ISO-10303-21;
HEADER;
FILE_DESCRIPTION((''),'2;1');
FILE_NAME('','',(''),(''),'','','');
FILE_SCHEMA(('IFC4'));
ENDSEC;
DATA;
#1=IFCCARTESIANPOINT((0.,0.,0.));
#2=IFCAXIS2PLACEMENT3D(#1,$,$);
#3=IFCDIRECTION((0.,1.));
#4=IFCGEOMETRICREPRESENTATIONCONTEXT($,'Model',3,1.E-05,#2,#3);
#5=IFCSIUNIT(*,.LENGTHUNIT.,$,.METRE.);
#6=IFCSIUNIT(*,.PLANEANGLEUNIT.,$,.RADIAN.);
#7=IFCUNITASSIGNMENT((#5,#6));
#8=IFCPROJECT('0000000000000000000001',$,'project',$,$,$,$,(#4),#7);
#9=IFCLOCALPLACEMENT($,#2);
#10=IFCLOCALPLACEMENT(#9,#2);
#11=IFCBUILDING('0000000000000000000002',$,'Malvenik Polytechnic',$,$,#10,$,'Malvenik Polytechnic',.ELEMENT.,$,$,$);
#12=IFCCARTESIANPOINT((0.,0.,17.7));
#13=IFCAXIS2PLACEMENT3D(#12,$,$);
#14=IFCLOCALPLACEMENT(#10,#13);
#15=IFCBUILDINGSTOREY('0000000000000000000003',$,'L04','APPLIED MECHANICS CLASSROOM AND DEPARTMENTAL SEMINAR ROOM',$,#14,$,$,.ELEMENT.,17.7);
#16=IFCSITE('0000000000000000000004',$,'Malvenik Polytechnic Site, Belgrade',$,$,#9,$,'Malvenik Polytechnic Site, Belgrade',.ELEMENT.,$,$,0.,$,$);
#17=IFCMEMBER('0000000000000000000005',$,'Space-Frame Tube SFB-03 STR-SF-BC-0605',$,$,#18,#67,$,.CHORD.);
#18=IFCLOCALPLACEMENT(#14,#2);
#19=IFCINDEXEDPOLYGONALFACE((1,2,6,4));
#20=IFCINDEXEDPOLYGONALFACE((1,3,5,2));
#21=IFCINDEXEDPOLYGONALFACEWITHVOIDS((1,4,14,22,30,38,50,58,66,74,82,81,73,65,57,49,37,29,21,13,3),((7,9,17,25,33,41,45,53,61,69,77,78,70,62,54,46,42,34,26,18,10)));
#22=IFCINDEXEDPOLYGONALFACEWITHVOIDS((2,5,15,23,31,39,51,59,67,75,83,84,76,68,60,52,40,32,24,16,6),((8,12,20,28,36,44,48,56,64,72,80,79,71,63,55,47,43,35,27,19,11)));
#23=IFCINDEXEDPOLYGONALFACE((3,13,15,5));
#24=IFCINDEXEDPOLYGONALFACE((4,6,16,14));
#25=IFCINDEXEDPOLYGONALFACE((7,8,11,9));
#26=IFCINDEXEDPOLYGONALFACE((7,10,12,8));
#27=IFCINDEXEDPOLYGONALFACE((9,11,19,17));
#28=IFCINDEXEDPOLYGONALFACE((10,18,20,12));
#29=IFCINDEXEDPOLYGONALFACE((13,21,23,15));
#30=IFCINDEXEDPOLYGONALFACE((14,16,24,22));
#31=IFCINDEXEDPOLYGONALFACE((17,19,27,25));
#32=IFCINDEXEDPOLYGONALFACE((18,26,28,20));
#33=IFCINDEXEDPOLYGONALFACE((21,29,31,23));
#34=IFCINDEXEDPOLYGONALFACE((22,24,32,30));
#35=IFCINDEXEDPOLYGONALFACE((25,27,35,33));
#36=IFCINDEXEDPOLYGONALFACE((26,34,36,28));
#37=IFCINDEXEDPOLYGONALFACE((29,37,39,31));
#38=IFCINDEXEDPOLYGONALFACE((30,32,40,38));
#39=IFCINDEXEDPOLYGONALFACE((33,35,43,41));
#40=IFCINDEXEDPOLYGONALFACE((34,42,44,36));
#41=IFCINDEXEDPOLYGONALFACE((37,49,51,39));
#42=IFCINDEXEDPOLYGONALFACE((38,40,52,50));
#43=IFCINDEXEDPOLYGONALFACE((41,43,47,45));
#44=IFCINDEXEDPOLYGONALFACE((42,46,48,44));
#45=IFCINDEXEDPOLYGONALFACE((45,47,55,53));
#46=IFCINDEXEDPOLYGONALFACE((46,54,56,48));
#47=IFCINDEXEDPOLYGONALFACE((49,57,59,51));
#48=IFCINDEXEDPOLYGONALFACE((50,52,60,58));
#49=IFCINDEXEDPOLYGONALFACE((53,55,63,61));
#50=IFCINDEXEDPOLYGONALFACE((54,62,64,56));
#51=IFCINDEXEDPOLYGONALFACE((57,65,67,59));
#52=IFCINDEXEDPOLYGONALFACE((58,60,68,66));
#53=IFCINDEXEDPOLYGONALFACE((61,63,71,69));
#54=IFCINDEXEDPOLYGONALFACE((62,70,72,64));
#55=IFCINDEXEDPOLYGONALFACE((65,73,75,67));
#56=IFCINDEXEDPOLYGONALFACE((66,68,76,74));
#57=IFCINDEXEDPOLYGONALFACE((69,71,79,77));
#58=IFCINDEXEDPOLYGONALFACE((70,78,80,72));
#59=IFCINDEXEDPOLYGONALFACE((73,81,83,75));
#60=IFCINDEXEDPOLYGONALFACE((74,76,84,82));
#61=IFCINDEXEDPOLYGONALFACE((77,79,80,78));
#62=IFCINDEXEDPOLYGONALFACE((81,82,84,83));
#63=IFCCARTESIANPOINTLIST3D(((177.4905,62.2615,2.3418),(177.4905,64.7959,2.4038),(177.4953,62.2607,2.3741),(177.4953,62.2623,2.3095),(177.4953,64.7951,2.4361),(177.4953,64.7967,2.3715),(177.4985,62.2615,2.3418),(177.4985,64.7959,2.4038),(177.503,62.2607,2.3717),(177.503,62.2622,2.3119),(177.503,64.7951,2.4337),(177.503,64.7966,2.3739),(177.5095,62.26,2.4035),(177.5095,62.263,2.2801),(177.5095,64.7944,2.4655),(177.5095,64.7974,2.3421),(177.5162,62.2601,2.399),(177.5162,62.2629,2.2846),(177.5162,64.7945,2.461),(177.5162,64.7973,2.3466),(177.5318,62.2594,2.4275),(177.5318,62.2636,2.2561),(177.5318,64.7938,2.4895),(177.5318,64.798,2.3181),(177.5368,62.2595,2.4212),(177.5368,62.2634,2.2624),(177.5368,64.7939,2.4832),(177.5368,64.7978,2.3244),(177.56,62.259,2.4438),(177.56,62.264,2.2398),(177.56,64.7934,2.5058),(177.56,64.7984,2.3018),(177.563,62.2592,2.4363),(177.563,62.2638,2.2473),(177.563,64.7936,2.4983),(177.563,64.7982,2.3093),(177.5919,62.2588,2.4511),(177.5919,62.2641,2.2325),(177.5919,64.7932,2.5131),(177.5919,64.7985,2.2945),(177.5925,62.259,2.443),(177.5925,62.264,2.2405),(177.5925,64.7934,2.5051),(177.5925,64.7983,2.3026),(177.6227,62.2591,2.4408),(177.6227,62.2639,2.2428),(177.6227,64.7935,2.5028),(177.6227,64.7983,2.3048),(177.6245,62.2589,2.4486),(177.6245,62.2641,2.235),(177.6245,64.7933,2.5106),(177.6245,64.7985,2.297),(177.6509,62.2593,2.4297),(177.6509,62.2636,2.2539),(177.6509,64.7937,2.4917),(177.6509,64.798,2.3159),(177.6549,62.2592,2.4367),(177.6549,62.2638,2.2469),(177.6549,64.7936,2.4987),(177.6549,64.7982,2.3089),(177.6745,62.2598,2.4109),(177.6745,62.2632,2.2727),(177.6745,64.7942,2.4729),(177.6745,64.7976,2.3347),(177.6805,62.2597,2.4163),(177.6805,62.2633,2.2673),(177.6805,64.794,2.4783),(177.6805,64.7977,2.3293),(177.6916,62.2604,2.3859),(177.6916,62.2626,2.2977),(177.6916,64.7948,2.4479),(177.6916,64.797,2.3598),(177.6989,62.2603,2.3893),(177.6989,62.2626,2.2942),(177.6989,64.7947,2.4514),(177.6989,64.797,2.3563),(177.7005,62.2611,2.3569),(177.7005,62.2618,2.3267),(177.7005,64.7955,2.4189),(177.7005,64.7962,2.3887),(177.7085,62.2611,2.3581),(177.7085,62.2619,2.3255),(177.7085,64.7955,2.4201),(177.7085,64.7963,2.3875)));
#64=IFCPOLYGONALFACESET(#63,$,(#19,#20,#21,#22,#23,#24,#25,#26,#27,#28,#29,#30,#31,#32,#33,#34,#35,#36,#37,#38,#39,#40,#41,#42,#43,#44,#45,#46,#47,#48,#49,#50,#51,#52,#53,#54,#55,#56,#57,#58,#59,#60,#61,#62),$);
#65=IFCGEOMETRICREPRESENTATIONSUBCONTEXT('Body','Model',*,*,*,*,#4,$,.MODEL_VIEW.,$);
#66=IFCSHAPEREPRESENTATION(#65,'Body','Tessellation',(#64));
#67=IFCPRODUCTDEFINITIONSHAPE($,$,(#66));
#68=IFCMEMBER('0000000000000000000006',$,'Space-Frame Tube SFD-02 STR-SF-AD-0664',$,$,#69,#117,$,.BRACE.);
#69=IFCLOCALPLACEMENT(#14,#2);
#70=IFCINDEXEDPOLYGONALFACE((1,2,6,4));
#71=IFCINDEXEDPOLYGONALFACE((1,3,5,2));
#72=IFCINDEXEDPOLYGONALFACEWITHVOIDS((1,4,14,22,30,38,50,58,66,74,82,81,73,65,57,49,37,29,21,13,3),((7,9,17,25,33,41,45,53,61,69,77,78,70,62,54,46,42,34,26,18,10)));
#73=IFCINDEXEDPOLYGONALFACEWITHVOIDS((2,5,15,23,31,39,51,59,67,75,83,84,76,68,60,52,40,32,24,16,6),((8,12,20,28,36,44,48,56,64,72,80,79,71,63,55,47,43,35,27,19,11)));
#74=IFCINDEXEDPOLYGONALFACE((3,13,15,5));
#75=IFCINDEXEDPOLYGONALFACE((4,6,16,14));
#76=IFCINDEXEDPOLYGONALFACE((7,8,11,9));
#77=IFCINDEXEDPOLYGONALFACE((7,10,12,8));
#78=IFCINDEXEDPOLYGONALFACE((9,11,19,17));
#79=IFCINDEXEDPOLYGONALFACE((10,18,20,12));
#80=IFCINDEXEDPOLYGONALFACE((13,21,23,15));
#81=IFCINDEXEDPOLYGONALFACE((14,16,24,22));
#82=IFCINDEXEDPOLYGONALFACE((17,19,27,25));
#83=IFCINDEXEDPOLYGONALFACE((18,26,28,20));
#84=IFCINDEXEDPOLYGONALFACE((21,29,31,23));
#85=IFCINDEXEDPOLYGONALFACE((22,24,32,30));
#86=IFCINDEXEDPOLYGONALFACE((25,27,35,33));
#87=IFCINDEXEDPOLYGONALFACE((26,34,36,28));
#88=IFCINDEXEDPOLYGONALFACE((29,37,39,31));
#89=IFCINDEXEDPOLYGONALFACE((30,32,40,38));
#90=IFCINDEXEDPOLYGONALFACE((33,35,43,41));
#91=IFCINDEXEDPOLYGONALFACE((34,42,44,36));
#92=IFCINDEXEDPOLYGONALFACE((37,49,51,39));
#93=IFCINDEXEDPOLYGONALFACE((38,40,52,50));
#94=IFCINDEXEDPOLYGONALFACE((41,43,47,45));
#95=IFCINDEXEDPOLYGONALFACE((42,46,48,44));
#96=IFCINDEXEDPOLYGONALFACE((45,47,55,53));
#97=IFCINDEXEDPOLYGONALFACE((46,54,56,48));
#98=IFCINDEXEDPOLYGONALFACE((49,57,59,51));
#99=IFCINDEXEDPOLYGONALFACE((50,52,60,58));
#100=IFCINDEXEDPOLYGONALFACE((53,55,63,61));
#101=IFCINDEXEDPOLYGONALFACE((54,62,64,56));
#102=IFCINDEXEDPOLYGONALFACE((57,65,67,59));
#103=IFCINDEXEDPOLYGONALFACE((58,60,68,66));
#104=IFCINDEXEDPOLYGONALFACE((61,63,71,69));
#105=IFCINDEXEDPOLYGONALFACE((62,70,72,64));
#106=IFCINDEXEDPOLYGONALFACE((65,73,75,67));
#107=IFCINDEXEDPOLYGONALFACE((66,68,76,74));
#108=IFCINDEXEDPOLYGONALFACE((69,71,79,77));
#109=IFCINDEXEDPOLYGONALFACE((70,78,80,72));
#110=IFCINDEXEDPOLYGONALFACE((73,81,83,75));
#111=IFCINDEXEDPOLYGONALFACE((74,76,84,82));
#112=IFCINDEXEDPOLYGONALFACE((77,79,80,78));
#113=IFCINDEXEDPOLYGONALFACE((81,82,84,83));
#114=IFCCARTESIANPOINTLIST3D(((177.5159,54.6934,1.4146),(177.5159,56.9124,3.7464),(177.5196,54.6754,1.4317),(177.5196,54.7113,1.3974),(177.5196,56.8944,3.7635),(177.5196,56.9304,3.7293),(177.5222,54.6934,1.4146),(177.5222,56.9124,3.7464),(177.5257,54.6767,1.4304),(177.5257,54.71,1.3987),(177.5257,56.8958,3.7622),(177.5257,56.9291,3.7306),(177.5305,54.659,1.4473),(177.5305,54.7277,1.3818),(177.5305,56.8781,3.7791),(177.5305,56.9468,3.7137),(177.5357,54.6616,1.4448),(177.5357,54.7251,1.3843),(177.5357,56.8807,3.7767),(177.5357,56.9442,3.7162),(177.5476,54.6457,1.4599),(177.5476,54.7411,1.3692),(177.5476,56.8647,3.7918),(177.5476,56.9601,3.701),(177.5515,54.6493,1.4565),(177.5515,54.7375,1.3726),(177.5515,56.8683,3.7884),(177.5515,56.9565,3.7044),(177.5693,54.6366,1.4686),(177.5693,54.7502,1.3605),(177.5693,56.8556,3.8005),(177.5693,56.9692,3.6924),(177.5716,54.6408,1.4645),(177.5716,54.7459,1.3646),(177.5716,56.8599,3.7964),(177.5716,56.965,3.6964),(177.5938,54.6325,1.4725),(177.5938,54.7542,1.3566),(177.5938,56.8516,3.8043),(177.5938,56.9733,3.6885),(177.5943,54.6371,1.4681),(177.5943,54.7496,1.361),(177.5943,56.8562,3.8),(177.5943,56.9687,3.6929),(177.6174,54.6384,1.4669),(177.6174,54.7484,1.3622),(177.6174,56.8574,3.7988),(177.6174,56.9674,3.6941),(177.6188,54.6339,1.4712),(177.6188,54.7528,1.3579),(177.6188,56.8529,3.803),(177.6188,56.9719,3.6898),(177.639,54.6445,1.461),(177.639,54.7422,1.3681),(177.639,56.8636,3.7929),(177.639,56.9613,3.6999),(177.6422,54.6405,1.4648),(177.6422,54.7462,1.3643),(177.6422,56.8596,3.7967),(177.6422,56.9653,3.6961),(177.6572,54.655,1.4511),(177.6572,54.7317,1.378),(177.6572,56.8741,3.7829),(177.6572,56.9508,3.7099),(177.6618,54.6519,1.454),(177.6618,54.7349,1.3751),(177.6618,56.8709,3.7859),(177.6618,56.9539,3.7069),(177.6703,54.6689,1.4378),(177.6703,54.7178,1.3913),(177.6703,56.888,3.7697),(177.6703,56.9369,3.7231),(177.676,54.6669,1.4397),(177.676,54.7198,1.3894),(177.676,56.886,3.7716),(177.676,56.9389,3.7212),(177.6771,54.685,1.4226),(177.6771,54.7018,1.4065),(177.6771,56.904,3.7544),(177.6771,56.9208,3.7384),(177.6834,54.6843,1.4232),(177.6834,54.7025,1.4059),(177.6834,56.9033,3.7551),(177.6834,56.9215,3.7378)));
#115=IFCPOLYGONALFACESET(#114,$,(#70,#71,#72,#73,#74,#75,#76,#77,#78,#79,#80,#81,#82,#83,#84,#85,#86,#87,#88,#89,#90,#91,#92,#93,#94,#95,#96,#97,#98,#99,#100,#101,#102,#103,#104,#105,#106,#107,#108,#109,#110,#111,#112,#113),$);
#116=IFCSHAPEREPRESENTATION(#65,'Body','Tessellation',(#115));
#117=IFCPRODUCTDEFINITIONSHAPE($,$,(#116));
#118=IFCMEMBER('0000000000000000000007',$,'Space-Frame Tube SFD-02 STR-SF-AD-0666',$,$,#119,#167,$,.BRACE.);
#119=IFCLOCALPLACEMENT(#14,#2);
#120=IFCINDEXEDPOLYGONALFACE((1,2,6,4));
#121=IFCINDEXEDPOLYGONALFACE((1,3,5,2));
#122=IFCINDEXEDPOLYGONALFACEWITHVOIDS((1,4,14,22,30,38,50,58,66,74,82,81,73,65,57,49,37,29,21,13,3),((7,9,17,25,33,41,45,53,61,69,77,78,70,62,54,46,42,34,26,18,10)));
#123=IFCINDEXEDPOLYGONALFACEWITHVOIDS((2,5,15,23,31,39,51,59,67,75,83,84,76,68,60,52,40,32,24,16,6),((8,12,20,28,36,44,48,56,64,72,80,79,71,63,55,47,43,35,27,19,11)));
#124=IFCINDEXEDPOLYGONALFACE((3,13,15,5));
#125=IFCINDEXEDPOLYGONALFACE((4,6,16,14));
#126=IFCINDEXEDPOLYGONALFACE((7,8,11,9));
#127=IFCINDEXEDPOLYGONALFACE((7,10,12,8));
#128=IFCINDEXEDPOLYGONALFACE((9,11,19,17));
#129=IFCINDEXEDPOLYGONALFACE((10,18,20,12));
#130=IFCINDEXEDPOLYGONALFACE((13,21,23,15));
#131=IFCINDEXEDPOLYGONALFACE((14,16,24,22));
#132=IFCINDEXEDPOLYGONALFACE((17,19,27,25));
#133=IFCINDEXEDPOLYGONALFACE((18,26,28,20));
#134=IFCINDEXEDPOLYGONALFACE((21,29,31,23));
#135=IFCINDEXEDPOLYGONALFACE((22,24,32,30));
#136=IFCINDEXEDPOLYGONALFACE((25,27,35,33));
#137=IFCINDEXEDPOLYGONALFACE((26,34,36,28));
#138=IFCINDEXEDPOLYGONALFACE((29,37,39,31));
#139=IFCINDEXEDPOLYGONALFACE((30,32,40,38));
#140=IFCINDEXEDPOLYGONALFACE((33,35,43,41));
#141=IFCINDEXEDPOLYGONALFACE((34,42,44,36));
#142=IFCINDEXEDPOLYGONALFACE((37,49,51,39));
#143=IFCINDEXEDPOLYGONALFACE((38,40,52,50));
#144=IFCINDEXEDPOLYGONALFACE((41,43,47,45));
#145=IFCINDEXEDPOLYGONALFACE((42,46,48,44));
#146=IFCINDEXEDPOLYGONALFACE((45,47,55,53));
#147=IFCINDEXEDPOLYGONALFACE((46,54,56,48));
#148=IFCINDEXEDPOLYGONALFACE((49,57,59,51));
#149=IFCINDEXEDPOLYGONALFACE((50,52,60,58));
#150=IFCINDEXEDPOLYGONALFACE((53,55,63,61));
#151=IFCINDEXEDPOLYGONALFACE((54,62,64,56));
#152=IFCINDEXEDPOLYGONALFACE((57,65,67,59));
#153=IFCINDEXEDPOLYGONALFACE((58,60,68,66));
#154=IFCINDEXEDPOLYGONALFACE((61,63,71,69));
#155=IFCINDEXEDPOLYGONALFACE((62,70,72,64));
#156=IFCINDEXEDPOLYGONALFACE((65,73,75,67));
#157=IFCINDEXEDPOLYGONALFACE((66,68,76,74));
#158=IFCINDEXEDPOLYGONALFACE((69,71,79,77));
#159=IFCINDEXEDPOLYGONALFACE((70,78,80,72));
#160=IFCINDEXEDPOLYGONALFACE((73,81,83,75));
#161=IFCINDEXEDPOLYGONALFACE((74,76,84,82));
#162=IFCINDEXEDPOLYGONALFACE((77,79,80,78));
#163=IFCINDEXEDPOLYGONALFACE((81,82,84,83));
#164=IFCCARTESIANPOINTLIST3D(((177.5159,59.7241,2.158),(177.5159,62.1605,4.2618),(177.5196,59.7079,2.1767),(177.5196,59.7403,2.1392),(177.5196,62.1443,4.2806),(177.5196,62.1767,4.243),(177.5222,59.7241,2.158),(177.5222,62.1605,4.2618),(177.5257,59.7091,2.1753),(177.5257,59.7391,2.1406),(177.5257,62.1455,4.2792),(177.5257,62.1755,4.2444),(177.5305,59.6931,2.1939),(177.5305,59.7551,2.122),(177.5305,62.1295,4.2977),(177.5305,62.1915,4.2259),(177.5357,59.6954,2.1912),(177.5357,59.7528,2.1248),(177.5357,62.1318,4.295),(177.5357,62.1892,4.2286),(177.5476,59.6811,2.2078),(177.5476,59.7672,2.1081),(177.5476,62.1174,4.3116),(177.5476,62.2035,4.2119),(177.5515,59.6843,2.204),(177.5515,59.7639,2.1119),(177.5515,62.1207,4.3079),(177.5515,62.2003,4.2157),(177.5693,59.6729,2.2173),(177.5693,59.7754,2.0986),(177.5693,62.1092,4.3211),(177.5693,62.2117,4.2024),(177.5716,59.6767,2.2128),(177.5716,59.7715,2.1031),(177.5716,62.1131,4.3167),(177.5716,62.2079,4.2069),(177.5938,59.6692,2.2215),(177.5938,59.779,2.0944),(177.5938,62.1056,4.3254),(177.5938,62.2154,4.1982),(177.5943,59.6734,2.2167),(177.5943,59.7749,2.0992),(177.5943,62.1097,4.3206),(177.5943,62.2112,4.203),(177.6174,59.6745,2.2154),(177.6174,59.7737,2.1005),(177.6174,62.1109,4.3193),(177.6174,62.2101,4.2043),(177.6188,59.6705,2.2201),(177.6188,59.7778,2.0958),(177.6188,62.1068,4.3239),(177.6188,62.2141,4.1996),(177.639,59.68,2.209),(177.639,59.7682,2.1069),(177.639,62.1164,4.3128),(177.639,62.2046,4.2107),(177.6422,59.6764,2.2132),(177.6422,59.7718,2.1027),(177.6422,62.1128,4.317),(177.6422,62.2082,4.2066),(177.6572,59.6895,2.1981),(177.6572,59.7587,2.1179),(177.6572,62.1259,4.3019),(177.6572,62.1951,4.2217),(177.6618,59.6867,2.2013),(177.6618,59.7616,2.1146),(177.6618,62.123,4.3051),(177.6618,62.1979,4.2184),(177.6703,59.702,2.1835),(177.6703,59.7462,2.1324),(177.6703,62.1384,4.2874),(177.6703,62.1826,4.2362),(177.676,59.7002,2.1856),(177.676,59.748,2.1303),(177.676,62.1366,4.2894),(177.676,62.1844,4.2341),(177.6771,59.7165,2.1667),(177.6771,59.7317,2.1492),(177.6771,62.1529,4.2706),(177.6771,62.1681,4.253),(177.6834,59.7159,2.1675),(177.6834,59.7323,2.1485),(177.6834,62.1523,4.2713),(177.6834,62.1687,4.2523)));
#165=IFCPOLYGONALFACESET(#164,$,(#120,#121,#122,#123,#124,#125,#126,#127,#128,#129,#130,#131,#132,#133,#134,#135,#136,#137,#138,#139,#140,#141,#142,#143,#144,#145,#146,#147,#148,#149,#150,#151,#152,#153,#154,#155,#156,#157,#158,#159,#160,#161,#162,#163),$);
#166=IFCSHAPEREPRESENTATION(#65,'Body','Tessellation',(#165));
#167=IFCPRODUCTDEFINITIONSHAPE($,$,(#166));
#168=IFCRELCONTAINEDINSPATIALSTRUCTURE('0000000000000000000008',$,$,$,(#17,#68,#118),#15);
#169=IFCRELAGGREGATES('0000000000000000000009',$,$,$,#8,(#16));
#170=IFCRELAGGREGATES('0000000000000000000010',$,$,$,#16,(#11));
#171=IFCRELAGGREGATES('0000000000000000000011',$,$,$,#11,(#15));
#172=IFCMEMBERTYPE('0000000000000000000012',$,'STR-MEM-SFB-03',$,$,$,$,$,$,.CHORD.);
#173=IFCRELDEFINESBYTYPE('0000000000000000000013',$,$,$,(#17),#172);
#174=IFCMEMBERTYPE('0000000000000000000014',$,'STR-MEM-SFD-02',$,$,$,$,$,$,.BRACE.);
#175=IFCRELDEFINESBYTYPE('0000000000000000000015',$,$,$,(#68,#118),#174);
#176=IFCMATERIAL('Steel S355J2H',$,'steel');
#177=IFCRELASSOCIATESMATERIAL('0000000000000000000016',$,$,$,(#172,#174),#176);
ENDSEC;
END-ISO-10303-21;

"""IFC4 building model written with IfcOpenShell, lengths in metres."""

from ifc_helpers import new_model, si_unit, direction, frame, origin, origin_2d, place, context, subcontext, project, spatial, hollow_circle, extrude, material, material_profile, profile_set, type_object, element, save


model = new_model("IFC4")

# Units and contexts
model_context = context("Model", 3, precision=1e-05, world=origin(), true_north=direction((0.0, 1.0)))
body_context = subcontext(model_context, "Body", "Model", "MODEL_VIEW")
ifc_project = project(units=[si_unit("LENGTHUNIT", "METRE"), si_unit("PLANEANGLEUNIT", "RADIAN")], contexts=[model_context])

# Site, building, storey
site_placement = place(None, origin())
site = spatial("IfcSite", under=ifc_project, at=site_placement, Name="Malvenik Polytechnic Site, Belgrade", LongName="Malvenik Polytechnic Site, Belgrade", CompositionType="ELEMENT", RefElevation=0.0)
building_placement = place(site_placement, origin())
building = spatial("IfcBuilding", under=site, at=building_placement, Name="Malvenik Polytechnic", LongName="Malvenik Polytechnic", CompositionType="ELEMENT")
storey_placement = place(building_placement, frame((0.0, 0.0, 17.7)))
storey = spatial("IfcBuildingStorey", under=building, at=storey_placement, Name="L04", Description="APPLIED MECHANICS CLASSROOM AND DEPARTMENTAL SEMINAR ROOM", CompositionType="ELEMENT", Elevation=17.7)

# Members
ifc_material_1 = material(Name="Steel S355J2H", Category="steel")
ifc_material_profile_1 = material_profile(ifc_material_1, hollow_circle(Radius=0.1096, WallThickness=0.0081, at=origin_2d()), Name="CHS 219.1x8.0")
ifc_profile_set_1 = profile_set([ifc_material_profile_1], Name="Steel S355J2H")
member_type_1 = type_object("IfcMemberType", Name="STR-MEM-SFB-03", PredefinedType="CHORD", material=ifc_profile_set_1)
for number, where, z_axis, x_axis, name in (
    (1, (177.6001, 62.2615, 2.3418), (0.0, 0.999701, 0.02446), (-1.0, 0.0, 0.0), "Space-Frame Tube SFB-03 STR-SF-BC-0605"),
):
    element("IfcMember", number, at=place(storey_placement, frame(where, z_axis=z_axis, x_axis=x_axis)), inside=storey, type_object=member_type_1, Name=name, PredefinedType="CHORD", context=body_context, shape_type="SweptSolid", body=[
        extrude(hollow_circle(Radius=0.1096, WallThickness=0.0081, at=origin_2d()), origin(), (0.0, 0.0, 1.0), 2.5352),
    ])
ifc_material_profile_2 = material_profile(ifc_material_1, hollow_circle(Radius=0.0842, WallThickness=0.0063, at=origin_2d()), Name="CHS 168.3x6.3")
ifc_profile_set_2 = profile_set([ifc_material_profile_2], Name="Steel S355J2H")
member_type_2 = type_object("IfcMemberType", Name="STR-MEM-SFD-02", PredefinedType="BRACE", material=ifc_profile_set_2)
for number, where, z_axis, x_axis, name in (
    (2, (177.6001, 54.6934, 1.4146), (0.0, 0.689369, 0.72441), (-1.0, 0.0, 0.0), "Space-Frame Tube SFD-02 STR-SF-AD-0664"),
    (3, (177.6001, 59.7241, 2.158), (0.0, 0.756869, 0.653567), (-1.0, 0.0, 0.0), "Space-Frame Tube SFD-02 STR-SF-AD-0666"),
):
    element("IfcMember", number, at=place(storey_placement, frame(where, z_axis=z_axis, x_axis=x_axis)), inside=storey, type_object=member_type_2, Name=name, PredefinedType="BRACE", context=body_context, shape_type="SweptSolid", body=[
        extrude(hollow_circle(Radius=0.0842, WallThickness=0.0063, at=origin_2d()), origin(), (0.0, 0.0, 1.0), 3.219),
    ])

save(model, "model.ifc")
